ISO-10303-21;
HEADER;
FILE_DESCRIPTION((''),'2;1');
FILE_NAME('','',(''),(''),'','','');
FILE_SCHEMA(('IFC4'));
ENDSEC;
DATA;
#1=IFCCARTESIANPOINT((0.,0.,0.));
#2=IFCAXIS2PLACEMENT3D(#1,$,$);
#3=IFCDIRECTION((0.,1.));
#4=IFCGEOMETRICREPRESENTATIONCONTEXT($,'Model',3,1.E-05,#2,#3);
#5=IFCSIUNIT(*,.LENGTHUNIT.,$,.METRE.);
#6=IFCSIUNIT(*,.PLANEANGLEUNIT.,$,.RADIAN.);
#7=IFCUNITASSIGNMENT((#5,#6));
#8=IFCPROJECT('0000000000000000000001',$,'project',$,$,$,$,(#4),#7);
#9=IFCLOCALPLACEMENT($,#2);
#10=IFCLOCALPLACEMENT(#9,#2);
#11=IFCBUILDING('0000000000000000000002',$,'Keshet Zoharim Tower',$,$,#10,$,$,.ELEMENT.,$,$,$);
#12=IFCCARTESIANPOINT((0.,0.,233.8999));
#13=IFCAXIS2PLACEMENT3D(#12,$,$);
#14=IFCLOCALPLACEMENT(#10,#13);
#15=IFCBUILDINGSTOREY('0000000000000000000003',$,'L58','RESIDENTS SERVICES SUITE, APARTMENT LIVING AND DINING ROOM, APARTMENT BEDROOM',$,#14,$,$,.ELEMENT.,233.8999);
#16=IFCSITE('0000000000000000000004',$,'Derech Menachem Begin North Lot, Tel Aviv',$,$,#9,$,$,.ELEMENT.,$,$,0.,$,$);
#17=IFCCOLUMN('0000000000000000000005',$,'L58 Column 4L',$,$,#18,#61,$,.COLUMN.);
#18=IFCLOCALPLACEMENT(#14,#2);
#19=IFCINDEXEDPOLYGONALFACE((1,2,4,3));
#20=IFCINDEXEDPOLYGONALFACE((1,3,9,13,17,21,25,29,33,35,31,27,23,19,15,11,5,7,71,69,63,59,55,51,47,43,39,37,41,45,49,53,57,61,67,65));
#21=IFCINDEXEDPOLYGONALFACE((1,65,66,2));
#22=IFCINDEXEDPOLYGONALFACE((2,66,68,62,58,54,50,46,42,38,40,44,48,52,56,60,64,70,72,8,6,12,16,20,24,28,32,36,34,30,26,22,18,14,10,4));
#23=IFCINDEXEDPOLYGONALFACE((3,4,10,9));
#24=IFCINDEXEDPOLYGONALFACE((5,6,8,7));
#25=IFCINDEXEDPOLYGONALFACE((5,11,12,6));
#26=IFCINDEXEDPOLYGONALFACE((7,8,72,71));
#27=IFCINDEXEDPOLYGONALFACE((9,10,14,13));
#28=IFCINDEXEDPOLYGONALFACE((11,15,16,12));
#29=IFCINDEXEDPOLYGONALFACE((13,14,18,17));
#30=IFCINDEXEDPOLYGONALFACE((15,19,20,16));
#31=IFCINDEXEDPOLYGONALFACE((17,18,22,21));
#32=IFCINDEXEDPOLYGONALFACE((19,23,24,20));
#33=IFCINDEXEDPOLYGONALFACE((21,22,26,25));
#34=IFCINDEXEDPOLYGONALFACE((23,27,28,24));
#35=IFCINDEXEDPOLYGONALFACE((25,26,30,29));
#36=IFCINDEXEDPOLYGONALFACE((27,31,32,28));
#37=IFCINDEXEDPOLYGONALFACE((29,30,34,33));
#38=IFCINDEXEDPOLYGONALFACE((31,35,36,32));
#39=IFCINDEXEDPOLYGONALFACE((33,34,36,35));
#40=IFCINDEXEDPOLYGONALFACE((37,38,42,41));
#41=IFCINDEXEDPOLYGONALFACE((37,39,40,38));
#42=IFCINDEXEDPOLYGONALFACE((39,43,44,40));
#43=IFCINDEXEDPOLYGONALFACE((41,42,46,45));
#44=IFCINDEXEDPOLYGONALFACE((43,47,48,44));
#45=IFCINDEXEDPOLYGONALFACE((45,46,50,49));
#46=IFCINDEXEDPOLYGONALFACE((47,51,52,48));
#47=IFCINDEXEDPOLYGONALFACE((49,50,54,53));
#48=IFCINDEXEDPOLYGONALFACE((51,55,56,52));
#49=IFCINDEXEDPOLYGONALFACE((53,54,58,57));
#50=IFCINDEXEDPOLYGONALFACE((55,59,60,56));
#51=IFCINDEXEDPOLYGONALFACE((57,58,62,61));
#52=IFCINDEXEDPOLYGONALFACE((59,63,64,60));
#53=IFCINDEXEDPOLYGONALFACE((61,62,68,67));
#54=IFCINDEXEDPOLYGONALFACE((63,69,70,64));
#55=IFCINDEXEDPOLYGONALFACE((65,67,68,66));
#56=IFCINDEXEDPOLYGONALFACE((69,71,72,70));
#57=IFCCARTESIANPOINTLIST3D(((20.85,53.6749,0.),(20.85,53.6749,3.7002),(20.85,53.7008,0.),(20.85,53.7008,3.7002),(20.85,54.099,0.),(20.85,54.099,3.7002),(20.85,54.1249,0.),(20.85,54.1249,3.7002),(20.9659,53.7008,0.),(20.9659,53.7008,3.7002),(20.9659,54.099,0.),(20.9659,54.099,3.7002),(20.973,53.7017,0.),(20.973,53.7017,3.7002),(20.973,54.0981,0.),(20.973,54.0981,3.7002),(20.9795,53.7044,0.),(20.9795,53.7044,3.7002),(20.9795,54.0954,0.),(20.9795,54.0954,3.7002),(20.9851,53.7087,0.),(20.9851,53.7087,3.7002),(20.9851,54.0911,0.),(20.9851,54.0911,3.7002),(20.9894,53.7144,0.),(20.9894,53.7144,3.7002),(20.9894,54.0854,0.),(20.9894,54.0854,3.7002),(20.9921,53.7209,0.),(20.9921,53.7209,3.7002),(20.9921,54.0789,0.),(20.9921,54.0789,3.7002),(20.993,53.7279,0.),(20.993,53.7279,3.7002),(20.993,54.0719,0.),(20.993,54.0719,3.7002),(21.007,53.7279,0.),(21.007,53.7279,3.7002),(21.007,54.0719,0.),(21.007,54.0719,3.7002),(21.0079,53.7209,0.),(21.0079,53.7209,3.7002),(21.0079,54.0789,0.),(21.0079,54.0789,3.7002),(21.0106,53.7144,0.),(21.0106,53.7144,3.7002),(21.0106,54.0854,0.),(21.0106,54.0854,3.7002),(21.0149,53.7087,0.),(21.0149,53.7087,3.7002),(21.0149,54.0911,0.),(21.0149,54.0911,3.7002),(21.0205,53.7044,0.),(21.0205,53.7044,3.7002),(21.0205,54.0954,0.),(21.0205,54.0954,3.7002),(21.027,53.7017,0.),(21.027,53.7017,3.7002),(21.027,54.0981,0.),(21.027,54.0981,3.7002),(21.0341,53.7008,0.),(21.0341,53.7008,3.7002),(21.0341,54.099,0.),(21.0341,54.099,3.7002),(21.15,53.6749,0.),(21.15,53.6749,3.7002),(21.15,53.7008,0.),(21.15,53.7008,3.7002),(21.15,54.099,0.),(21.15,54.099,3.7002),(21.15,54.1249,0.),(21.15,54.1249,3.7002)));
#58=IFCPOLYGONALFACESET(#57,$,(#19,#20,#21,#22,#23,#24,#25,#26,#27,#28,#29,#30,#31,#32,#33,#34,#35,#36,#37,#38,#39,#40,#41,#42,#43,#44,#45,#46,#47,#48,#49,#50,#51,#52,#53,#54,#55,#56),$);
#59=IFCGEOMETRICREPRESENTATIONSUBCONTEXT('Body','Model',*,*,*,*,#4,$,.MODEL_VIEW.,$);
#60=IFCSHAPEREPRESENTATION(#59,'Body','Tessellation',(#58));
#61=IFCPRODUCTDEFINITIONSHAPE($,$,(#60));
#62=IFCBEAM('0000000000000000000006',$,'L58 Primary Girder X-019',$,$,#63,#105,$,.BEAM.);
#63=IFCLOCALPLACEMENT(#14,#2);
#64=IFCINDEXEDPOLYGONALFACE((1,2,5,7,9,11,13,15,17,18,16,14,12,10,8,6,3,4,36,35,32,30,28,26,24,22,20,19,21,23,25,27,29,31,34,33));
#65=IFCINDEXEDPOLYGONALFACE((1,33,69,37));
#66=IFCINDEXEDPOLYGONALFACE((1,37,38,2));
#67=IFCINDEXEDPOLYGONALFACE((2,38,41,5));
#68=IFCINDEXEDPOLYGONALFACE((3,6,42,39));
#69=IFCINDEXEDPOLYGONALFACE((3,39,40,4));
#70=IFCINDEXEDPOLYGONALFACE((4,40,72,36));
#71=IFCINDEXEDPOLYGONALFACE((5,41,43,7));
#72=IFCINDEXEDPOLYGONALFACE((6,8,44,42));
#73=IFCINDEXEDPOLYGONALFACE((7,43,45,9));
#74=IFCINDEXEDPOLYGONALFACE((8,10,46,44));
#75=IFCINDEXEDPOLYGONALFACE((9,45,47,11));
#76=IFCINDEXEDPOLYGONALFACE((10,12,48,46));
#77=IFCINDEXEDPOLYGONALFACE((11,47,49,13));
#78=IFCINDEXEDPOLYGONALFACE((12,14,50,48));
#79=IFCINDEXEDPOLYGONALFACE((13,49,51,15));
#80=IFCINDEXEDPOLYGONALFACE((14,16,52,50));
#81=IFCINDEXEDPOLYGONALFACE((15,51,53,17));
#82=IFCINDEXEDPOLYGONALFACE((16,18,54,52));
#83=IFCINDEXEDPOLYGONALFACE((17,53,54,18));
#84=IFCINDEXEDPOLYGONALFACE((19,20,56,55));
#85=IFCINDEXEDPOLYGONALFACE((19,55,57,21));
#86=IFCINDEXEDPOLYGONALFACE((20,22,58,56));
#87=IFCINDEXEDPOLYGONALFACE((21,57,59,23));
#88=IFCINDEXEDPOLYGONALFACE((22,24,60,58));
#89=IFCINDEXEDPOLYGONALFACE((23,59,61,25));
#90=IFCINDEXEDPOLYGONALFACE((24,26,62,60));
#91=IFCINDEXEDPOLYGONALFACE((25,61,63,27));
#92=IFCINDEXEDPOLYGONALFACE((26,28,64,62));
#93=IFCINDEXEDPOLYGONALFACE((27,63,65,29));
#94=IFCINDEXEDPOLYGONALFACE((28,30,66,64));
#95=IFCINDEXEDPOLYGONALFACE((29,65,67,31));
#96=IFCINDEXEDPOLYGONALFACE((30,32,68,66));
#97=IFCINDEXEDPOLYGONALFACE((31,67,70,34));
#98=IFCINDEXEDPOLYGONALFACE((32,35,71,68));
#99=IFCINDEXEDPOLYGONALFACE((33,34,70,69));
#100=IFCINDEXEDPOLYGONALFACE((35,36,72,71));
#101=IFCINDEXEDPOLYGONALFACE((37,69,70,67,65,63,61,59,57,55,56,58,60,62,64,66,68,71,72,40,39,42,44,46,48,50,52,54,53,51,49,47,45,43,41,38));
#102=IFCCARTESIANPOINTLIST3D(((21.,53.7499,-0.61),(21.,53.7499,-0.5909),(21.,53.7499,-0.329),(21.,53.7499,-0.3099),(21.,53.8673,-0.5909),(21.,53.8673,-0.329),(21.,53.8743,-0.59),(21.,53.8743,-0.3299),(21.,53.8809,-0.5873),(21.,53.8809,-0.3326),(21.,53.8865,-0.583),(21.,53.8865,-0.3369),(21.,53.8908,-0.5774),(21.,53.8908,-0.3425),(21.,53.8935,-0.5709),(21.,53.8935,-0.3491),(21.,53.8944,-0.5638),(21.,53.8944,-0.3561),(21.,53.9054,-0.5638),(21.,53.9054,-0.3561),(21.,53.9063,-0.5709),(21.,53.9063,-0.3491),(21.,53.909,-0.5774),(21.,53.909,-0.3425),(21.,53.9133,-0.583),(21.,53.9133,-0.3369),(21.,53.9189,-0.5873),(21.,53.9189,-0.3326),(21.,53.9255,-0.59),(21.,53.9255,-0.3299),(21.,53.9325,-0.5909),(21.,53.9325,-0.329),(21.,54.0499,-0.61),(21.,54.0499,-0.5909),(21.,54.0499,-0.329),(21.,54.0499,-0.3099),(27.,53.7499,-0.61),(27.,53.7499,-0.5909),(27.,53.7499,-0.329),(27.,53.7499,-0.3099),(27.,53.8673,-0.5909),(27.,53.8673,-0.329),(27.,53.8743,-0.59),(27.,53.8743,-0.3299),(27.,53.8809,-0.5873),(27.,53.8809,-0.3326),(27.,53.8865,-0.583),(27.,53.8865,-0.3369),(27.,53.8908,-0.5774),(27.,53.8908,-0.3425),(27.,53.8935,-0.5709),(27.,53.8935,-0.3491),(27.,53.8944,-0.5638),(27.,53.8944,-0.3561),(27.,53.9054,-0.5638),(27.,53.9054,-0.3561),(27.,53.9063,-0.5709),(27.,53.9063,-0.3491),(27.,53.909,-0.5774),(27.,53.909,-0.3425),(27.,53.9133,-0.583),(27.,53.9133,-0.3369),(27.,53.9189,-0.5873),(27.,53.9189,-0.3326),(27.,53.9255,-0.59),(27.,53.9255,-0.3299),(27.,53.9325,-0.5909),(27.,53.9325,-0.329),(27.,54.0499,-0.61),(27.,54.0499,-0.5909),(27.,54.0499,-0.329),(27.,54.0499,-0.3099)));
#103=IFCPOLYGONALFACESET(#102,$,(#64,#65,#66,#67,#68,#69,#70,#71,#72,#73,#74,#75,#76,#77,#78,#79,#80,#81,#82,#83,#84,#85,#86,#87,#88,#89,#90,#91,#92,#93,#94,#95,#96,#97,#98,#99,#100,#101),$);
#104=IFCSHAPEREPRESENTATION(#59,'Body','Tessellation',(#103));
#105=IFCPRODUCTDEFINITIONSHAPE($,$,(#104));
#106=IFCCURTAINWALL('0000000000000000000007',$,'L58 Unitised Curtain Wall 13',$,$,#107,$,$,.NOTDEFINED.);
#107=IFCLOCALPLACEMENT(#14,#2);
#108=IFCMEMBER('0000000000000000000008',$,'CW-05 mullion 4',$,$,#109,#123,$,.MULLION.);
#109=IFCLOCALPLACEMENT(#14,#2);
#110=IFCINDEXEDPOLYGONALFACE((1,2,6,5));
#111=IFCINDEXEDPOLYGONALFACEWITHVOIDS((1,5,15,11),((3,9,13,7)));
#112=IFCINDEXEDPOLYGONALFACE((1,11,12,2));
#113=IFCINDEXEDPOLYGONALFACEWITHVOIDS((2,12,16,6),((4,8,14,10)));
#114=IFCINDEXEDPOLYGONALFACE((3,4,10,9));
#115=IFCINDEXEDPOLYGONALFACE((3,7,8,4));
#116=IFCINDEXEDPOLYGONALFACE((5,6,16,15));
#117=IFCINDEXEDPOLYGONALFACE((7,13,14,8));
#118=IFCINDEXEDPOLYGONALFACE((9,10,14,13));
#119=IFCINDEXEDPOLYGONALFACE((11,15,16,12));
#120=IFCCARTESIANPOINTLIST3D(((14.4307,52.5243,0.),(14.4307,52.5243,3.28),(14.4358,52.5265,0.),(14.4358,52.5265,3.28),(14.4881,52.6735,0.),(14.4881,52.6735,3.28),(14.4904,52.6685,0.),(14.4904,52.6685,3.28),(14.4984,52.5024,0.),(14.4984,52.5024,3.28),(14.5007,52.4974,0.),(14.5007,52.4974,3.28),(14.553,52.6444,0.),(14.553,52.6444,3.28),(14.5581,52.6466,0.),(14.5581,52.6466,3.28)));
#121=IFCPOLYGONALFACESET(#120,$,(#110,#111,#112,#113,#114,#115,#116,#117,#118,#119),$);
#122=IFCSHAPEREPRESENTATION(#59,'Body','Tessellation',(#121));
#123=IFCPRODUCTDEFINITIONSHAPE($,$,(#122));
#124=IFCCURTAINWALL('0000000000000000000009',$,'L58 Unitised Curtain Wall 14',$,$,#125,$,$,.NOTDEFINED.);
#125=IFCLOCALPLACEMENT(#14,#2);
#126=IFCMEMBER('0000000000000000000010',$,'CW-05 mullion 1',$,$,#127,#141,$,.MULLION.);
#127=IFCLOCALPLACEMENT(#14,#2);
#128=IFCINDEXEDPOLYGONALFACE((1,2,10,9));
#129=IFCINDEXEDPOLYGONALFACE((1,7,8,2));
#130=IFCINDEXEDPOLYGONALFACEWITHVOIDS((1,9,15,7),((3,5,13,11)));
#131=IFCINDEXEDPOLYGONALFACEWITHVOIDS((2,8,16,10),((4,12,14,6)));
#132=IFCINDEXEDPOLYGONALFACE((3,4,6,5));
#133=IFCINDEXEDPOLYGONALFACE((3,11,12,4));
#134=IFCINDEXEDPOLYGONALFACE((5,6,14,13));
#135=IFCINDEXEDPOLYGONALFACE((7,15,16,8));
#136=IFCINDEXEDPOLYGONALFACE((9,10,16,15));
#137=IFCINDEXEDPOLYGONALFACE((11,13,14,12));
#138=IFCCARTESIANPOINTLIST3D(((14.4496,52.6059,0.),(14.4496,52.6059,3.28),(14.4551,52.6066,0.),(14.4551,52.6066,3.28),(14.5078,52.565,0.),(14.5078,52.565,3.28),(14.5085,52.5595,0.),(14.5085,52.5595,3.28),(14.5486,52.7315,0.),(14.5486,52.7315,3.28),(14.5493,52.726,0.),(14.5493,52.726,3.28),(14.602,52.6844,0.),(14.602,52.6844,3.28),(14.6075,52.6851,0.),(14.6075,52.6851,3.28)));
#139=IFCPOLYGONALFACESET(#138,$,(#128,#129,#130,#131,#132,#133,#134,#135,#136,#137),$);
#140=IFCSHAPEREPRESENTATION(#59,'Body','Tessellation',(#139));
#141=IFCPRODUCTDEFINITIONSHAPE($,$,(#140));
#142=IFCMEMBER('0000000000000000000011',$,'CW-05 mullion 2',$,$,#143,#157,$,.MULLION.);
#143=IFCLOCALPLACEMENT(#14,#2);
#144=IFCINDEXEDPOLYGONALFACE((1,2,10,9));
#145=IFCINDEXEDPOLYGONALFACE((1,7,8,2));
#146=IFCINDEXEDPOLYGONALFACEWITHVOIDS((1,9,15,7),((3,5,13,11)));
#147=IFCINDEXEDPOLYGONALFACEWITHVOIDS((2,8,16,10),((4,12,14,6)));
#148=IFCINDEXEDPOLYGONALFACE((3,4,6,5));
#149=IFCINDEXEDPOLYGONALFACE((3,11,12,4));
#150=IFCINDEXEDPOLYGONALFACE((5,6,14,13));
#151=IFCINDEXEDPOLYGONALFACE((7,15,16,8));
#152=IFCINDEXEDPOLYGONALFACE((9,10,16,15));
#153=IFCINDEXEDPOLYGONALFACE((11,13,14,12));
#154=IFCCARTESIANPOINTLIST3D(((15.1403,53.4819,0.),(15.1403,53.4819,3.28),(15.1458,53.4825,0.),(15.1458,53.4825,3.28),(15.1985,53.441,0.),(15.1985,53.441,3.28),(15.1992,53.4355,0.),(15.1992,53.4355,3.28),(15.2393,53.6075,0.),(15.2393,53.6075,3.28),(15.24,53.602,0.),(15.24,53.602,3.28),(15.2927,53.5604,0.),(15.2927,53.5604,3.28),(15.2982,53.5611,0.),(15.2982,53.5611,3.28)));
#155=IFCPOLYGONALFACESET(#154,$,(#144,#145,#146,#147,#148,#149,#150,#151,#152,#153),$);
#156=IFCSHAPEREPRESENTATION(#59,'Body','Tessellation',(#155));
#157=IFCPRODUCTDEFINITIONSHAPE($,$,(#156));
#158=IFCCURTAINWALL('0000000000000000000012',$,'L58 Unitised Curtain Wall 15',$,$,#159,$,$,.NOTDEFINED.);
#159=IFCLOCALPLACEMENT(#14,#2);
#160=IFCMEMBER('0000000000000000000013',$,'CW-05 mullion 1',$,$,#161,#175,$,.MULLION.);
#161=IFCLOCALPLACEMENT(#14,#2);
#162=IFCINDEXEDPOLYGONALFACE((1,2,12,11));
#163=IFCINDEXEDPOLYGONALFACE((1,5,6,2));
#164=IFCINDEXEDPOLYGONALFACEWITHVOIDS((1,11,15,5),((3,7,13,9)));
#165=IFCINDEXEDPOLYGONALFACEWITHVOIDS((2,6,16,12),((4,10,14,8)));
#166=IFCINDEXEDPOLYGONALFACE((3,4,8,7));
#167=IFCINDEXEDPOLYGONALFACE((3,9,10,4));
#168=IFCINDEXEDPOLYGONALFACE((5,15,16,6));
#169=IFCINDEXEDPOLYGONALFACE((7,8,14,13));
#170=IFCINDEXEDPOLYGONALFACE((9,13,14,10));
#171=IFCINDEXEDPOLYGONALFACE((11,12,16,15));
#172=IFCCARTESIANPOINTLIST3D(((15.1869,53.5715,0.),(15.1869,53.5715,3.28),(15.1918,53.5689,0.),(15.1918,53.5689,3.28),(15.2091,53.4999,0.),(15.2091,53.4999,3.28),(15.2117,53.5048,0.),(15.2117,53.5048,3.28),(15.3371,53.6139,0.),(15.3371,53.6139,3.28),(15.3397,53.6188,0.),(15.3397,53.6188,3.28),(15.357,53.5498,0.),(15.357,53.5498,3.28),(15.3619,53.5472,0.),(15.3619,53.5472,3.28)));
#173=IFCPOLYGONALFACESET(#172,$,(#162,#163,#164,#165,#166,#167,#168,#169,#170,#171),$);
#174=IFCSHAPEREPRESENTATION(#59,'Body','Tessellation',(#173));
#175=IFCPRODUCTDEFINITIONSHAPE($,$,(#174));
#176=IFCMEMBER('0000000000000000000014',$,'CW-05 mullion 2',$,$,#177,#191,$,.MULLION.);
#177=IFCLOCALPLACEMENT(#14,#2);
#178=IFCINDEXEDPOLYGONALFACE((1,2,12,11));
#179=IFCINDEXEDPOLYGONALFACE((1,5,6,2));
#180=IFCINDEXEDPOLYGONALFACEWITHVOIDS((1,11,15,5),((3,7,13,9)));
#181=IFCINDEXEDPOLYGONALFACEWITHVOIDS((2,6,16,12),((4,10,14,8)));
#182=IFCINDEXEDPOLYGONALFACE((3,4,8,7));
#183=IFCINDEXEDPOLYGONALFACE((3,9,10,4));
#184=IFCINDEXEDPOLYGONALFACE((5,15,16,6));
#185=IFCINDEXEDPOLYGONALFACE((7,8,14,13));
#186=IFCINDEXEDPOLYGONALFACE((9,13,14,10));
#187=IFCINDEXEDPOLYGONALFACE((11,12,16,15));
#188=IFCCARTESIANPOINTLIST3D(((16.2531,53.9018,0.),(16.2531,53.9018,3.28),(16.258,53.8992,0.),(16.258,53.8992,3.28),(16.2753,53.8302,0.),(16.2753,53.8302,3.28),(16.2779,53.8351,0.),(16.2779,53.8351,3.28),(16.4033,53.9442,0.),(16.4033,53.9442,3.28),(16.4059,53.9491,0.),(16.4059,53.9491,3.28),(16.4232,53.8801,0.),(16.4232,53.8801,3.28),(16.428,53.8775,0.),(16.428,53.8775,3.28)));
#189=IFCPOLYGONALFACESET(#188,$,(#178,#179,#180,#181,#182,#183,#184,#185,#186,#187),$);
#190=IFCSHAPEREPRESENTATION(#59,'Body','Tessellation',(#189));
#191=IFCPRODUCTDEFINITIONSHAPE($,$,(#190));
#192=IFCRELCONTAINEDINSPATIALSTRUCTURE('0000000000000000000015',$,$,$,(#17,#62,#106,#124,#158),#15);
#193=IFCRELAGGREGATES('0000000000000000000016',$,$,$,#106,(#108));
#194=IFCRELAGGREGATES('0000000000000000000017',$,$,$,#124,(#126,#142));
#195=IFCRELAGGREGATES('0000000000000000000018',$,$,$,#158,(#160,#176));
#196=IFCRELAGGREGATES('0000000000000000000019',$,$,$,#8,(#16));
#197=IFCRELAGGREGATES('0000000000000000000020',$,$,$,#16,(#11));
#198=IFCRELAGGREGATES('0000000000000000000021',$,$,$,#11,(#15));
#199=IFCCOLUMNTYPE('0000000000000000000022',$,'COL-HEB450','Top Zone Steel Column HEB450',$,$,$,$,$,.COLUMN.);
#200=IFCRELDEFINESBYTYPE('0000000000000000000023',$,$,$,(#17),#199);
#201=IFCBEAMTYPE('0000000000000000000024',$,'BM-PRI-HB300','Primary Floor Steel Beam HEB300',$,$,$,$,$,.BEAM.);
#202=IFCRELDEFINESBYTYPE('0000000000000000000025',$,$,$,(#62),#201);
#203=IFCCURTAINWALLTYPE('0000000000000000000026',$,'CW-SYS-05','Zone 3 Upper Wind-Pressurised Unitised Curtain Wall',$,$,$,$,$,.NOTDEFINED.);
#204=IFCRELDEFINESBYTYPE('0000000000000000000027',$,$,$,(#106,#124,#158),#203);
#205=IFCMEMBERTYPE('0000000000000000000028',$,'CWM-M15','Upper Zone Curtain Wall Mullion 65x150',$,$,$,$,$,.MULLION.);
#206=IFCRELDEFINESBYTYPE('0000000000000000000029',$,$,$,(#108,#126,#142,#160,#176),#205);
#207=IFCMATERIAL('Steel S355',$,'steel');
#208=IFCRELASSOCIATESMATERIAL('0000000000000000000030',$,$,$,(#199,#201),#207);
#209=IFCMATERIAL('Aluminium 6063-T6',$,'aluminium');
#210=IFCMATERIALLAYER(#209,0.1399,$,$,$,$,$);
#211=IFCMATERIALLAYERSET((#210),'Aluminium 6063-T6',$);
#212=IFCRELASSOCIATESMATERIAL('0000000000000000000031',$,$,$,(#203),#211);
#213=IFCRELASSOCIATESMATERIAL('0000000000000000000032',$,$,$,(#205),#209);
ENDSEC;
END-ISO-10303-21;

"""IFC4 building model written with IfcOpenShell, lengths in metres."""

from ifc_helpers import new_model, si_unit, direction, frame, origin, origin_2d, place, context, subcontext, project, spatial, hollow_rectangle, i_section, extrude, material, layer, layer_set, material_profile, profile_set, type_object, element, aggregate, save


model = new_model("IFC4")

# Units and contexts
model_context = context("Model", 3, precision=1e-05, world=origin(), true_north=direction((0.0, 1.0)))
body_context = subcontext(model_context, "Body", "Model", "MODEL_VIEW")
ifc_project = project(units=[si_unit("LENGTHUNIT", "METRE"), si_unit("PLANEANGLEUNIT", "RADIAN")], contexts=[model_context])

# Site, building, storey
site_placement = place(None, origin())
site = spatial("IfcSite", under=ifc_project, at=site_placement, Name="Derech Menachem Begin North Lot, Tel Aviv", CompositionType="ELEMENT", RefElevation=0.0)
building_placement = place(site_placement, origin())
building = spatial("IfcBuilding", under=site, at=building_placement, Name="Keshet Zoharim Tower", CompositionType="ELEMENT")
storey_placement = place(building_placement, frame((0.0, 0.0, 233.8999)))
storey = spatial("IfcBuildingStorey", under=building, at=storey_placement, Name="L58", Description="RESIDENTS SERVICES SUITE, APARTMENT LIVING AND DINING ROOM, APARTMENT BEDROOM", CompositionType="ELEMENT", Elevation=233.8999)

# Column
ifc_material_1 = material(Name="Steel S355", Category="steel")
ifc_material_profile_1 = material_profile(ifc_material_1, i_section(OverallWidth=0.3, OverallDepth=0.45, WebThickness=0.0139, FlangeThickness=0.0259, FilletRadius=0.0271, at=origin_2d()), Name="HEB450")
ifc_profile_set_1 = profile_set([ifc_material_profile_1], Name="Steel S355")
column_type = type_object("IfcColumnType", Name="COL-HEB450", Description="Top Zone Steel Column HEB450", PredefinedType="COLUMN", material=ifc_profile_set_1)
column_placement = place(storey_placement, frame((21.0, 53.8999, 0.0), z_axis=(0.0, 0.0, 1.0), x_axis=(1.0, 0.0, 0.0)))
element("IfcColumn", 1, at=column_placement, inside=storey, type_object=column_type, Name="L58 Column 4L", PredefinedType="COLUMN", context=body_context, shape_type="SweptSolid", body=[
    extrude(i_section(OverallWidth=0.3, OverallDepth=0.45, WebThickness=0.0139, FlangeThickness=0.0259, FilletRadius=0.0271, at=origin_2d()), origin(), (0.0, 0.0, 1.0), 3.7002),
])

# Beam
ifc_material_profile_2 = material_profile(ifc_material_1, i_section(OverallWidth=0.3, OverallDepth=0.3, WebThickness=0.011, FlangeThickness=0.019, FilletRadius=0.0271, at=origin_2d()), Name="HEB300")
ifc_profile_set_2 = profile_set([ifc_material_profile_2], Name="Steel S355")
beam_type = type_object("IfcBeamType", Name="BM-PRI-HB300", Description="Primary Floor Steel Beam HEB300", PredefinedType="BEAM", material=ifc_profile_set_2)
beam_placement = place(storey_placement, frame((21.0, 53.8999, -0.46), z_axis=(1.0, 0.0, 0.0), x_axis=(0.0, 1.0, 0.0)))
element("IfcBeam", 2, at=beam_placement, inside=storey, type_object=beam_type, Name="L58 Primary Girder X-019", PredefinedType="BEAM", context=body_context, shape_type="SweptSolid", body=[
    extrude(i_section(OverallWidth=0.3, OverallDepth=0.3, WebThickness=0.011, FlangeThickness=0.019, FilletRadius=0.0271, at=origin_2d()), origin(), (0.0, 0.0, 1.0), 6.0),
])

# Curtain wall, member
ifc_material_2 = material(Name="Aluminium 6063-T6", Category="aluminium")
ifc_layer_1 = layer(ifc_material_2, 0.1399)
ifc_layer_set_1 = layer_set([ifc_layer_1], Name="Aluminium 6063-T6")
curtain_wall_type = type_object("IfcCurtainWallType", Name="CW-SYS-05", Description="Zone 3 Upper Wind-Pressurised Unitised Curtain Wall", PredefinedType="NOTDEFINED", material=ifc_layer_set_1)
curtain_wall_1_placement = place(storey_placement, origin())
curtain_wall_1 = element("IfcCurtainWall", 3, at=curtain_wall_1_placement, inside=storey, type_object=curtain_wall_type, Name="L58 Unitised Curtain Wall 13", PredefinedType="NOTDEFINED")
ifc_material_profile_3 = material_profile(ifc_material_2, hollow_rectangle(XDim=0.075, YDim=0.1599, WallThickness=0.0039, at=origin_2d()), Name="MUL-75x160")
ifc_profile_set_3 = profile_set([ifc_material_profile_3], Name="Aluminium 6063-T6")
member_type_1 = type_object("IfcMemberType", Name="CWM-M15", Description="Upper Zone Curtain Wall Mullion 65x150", PredefinedType="MULLION", material=ifc_profile_set_3)
member_1_placement = place(storey_placement, frame((14.4944, 52.5854, 0.0), z_axis=(0.0, 0.0, 1.0), x_axis=(-0.933341, 0.35899, 0.0)))
member_1 = element("IfcMember", 4, at=member_1_placement, type_object=member_type_1, Name="CW-05 mullion 4", PredefinedType="MULLION", context=body_context, shape_type="SweptSolid", body=[
    extrude(hollow_rectangle(XDim=0.075, YDim=0.1599, WallThickness=0.0039, at=origin_2d()), origin(), (0.0, 0.0, 1.0), 3.28),
])

# Curtain walls, members
curtain_wall_2_placement = place(storey_placement, origin())
curtain_wall_2 = element("IfcCurtainWall", 5, at=curtain_wall_2_placement, inside=storey, type_object=curtain_wall_type, Name="L58 Unitised Curtain Wall 14", PredefinedType="NOTDEFINED")
member_2_placement = place(storey_placement, frame((14.5286, 52.6455, 0.0), z_axis=(0.0, 0.0, 1.0), x_axis=(-0.785293, 0.619125, 0.0)))
member_2 = element("IfcMember", 6, at=member_2_placement, type_object=member_type_1, Name="CW-05 mullion 1", PredefinedType="MULLION", context=body_context, shape_type="SweptSolid", body=[
    extrude(hollow_rectangle(XDim=0.075, YDim=0.1599, WallThickness=0.0039, at=origin_2d()), origin(), (0.0, 0.0, 1.0), 3.28),
])
member_3_placement = place(storey_placement, frame((15.2192, 53.5215, 0.0), z_axis=(0.0, 0.0, 1.0), x_axis=(-0.785293, 0.619125, 0.0)))
member_3 = element("IfcMember", 7, at=member_3_placement, type_object=member_type_1, Name="CW-05 mullion 2", PredefinedType="MULLION", context=body_context, shape_type="SweptSolid", body=[
    extrude(hollow_rectangle(XDim=0.075, YDim=0.1599, WallThickness=0.0039, at=origin_2d()), origin(), (0.0, 0.0, 1.0), 3.28),
])
curtain_wall_3_placement = place(storey_placement, origin())
curtain_wall_3 = element("IfcCurtainWall", 8, at=curtain_wall_3_placement, inside=storey, type_object=curtain_wall_type, Name="L58 Unitised Curtain Wall 15", PredefinedType="NOTDEFINED")
member_4_placement = place(storey_placement, frame((15.2744, 53.5593, 0.0), z_axis=(0.0, 0.0, 1.0), x_axis=(-0.295922, 0.955212, 0.0)))
member_4 = element("IfcMember", 9, at=member_4_placement, type_object=member_type_1, Name="CW-05 mullion 1", PredefinedType="MULLION", context=body_context, shape_type="SweptSolid", body=[
    extrude(hollow_rectangle(XDim=0.075, YDim=0.1599, WallThickness=0.0039, at=origin_2d()), origin(), (0.0, 0.0, 1.0), 3.28),
])
member_5_placement = place(storey_placement, frame((16.3406, 53.8896, 0.0), z_axis=(0.0, 0.0, 1.0), x_axis=(-0.295922, 0.955212, 0.0)))
member_5 = element("IfcMember", 10, at=member_5_placement, type_object=member_type_1, Name="CW-05 mullion 2", PredefinedType="MULLION", context=body_context, shape_type="SweptSolid", body=[
    extrude(hollow_rectangle(XDim=0.075, YDim=0.1599, WallThickness=0.0039, at=origin_2d()), origin(), (0.0, 0.0, 1.0), 3.28),
])

aggregate(curtain_wall_1, [member_1])
aggregate(curtain_wall_2, [member_2, member_3])
aggregate(curtain_wall_3, [member_4, member_5])

save(model, "model.ifc")
